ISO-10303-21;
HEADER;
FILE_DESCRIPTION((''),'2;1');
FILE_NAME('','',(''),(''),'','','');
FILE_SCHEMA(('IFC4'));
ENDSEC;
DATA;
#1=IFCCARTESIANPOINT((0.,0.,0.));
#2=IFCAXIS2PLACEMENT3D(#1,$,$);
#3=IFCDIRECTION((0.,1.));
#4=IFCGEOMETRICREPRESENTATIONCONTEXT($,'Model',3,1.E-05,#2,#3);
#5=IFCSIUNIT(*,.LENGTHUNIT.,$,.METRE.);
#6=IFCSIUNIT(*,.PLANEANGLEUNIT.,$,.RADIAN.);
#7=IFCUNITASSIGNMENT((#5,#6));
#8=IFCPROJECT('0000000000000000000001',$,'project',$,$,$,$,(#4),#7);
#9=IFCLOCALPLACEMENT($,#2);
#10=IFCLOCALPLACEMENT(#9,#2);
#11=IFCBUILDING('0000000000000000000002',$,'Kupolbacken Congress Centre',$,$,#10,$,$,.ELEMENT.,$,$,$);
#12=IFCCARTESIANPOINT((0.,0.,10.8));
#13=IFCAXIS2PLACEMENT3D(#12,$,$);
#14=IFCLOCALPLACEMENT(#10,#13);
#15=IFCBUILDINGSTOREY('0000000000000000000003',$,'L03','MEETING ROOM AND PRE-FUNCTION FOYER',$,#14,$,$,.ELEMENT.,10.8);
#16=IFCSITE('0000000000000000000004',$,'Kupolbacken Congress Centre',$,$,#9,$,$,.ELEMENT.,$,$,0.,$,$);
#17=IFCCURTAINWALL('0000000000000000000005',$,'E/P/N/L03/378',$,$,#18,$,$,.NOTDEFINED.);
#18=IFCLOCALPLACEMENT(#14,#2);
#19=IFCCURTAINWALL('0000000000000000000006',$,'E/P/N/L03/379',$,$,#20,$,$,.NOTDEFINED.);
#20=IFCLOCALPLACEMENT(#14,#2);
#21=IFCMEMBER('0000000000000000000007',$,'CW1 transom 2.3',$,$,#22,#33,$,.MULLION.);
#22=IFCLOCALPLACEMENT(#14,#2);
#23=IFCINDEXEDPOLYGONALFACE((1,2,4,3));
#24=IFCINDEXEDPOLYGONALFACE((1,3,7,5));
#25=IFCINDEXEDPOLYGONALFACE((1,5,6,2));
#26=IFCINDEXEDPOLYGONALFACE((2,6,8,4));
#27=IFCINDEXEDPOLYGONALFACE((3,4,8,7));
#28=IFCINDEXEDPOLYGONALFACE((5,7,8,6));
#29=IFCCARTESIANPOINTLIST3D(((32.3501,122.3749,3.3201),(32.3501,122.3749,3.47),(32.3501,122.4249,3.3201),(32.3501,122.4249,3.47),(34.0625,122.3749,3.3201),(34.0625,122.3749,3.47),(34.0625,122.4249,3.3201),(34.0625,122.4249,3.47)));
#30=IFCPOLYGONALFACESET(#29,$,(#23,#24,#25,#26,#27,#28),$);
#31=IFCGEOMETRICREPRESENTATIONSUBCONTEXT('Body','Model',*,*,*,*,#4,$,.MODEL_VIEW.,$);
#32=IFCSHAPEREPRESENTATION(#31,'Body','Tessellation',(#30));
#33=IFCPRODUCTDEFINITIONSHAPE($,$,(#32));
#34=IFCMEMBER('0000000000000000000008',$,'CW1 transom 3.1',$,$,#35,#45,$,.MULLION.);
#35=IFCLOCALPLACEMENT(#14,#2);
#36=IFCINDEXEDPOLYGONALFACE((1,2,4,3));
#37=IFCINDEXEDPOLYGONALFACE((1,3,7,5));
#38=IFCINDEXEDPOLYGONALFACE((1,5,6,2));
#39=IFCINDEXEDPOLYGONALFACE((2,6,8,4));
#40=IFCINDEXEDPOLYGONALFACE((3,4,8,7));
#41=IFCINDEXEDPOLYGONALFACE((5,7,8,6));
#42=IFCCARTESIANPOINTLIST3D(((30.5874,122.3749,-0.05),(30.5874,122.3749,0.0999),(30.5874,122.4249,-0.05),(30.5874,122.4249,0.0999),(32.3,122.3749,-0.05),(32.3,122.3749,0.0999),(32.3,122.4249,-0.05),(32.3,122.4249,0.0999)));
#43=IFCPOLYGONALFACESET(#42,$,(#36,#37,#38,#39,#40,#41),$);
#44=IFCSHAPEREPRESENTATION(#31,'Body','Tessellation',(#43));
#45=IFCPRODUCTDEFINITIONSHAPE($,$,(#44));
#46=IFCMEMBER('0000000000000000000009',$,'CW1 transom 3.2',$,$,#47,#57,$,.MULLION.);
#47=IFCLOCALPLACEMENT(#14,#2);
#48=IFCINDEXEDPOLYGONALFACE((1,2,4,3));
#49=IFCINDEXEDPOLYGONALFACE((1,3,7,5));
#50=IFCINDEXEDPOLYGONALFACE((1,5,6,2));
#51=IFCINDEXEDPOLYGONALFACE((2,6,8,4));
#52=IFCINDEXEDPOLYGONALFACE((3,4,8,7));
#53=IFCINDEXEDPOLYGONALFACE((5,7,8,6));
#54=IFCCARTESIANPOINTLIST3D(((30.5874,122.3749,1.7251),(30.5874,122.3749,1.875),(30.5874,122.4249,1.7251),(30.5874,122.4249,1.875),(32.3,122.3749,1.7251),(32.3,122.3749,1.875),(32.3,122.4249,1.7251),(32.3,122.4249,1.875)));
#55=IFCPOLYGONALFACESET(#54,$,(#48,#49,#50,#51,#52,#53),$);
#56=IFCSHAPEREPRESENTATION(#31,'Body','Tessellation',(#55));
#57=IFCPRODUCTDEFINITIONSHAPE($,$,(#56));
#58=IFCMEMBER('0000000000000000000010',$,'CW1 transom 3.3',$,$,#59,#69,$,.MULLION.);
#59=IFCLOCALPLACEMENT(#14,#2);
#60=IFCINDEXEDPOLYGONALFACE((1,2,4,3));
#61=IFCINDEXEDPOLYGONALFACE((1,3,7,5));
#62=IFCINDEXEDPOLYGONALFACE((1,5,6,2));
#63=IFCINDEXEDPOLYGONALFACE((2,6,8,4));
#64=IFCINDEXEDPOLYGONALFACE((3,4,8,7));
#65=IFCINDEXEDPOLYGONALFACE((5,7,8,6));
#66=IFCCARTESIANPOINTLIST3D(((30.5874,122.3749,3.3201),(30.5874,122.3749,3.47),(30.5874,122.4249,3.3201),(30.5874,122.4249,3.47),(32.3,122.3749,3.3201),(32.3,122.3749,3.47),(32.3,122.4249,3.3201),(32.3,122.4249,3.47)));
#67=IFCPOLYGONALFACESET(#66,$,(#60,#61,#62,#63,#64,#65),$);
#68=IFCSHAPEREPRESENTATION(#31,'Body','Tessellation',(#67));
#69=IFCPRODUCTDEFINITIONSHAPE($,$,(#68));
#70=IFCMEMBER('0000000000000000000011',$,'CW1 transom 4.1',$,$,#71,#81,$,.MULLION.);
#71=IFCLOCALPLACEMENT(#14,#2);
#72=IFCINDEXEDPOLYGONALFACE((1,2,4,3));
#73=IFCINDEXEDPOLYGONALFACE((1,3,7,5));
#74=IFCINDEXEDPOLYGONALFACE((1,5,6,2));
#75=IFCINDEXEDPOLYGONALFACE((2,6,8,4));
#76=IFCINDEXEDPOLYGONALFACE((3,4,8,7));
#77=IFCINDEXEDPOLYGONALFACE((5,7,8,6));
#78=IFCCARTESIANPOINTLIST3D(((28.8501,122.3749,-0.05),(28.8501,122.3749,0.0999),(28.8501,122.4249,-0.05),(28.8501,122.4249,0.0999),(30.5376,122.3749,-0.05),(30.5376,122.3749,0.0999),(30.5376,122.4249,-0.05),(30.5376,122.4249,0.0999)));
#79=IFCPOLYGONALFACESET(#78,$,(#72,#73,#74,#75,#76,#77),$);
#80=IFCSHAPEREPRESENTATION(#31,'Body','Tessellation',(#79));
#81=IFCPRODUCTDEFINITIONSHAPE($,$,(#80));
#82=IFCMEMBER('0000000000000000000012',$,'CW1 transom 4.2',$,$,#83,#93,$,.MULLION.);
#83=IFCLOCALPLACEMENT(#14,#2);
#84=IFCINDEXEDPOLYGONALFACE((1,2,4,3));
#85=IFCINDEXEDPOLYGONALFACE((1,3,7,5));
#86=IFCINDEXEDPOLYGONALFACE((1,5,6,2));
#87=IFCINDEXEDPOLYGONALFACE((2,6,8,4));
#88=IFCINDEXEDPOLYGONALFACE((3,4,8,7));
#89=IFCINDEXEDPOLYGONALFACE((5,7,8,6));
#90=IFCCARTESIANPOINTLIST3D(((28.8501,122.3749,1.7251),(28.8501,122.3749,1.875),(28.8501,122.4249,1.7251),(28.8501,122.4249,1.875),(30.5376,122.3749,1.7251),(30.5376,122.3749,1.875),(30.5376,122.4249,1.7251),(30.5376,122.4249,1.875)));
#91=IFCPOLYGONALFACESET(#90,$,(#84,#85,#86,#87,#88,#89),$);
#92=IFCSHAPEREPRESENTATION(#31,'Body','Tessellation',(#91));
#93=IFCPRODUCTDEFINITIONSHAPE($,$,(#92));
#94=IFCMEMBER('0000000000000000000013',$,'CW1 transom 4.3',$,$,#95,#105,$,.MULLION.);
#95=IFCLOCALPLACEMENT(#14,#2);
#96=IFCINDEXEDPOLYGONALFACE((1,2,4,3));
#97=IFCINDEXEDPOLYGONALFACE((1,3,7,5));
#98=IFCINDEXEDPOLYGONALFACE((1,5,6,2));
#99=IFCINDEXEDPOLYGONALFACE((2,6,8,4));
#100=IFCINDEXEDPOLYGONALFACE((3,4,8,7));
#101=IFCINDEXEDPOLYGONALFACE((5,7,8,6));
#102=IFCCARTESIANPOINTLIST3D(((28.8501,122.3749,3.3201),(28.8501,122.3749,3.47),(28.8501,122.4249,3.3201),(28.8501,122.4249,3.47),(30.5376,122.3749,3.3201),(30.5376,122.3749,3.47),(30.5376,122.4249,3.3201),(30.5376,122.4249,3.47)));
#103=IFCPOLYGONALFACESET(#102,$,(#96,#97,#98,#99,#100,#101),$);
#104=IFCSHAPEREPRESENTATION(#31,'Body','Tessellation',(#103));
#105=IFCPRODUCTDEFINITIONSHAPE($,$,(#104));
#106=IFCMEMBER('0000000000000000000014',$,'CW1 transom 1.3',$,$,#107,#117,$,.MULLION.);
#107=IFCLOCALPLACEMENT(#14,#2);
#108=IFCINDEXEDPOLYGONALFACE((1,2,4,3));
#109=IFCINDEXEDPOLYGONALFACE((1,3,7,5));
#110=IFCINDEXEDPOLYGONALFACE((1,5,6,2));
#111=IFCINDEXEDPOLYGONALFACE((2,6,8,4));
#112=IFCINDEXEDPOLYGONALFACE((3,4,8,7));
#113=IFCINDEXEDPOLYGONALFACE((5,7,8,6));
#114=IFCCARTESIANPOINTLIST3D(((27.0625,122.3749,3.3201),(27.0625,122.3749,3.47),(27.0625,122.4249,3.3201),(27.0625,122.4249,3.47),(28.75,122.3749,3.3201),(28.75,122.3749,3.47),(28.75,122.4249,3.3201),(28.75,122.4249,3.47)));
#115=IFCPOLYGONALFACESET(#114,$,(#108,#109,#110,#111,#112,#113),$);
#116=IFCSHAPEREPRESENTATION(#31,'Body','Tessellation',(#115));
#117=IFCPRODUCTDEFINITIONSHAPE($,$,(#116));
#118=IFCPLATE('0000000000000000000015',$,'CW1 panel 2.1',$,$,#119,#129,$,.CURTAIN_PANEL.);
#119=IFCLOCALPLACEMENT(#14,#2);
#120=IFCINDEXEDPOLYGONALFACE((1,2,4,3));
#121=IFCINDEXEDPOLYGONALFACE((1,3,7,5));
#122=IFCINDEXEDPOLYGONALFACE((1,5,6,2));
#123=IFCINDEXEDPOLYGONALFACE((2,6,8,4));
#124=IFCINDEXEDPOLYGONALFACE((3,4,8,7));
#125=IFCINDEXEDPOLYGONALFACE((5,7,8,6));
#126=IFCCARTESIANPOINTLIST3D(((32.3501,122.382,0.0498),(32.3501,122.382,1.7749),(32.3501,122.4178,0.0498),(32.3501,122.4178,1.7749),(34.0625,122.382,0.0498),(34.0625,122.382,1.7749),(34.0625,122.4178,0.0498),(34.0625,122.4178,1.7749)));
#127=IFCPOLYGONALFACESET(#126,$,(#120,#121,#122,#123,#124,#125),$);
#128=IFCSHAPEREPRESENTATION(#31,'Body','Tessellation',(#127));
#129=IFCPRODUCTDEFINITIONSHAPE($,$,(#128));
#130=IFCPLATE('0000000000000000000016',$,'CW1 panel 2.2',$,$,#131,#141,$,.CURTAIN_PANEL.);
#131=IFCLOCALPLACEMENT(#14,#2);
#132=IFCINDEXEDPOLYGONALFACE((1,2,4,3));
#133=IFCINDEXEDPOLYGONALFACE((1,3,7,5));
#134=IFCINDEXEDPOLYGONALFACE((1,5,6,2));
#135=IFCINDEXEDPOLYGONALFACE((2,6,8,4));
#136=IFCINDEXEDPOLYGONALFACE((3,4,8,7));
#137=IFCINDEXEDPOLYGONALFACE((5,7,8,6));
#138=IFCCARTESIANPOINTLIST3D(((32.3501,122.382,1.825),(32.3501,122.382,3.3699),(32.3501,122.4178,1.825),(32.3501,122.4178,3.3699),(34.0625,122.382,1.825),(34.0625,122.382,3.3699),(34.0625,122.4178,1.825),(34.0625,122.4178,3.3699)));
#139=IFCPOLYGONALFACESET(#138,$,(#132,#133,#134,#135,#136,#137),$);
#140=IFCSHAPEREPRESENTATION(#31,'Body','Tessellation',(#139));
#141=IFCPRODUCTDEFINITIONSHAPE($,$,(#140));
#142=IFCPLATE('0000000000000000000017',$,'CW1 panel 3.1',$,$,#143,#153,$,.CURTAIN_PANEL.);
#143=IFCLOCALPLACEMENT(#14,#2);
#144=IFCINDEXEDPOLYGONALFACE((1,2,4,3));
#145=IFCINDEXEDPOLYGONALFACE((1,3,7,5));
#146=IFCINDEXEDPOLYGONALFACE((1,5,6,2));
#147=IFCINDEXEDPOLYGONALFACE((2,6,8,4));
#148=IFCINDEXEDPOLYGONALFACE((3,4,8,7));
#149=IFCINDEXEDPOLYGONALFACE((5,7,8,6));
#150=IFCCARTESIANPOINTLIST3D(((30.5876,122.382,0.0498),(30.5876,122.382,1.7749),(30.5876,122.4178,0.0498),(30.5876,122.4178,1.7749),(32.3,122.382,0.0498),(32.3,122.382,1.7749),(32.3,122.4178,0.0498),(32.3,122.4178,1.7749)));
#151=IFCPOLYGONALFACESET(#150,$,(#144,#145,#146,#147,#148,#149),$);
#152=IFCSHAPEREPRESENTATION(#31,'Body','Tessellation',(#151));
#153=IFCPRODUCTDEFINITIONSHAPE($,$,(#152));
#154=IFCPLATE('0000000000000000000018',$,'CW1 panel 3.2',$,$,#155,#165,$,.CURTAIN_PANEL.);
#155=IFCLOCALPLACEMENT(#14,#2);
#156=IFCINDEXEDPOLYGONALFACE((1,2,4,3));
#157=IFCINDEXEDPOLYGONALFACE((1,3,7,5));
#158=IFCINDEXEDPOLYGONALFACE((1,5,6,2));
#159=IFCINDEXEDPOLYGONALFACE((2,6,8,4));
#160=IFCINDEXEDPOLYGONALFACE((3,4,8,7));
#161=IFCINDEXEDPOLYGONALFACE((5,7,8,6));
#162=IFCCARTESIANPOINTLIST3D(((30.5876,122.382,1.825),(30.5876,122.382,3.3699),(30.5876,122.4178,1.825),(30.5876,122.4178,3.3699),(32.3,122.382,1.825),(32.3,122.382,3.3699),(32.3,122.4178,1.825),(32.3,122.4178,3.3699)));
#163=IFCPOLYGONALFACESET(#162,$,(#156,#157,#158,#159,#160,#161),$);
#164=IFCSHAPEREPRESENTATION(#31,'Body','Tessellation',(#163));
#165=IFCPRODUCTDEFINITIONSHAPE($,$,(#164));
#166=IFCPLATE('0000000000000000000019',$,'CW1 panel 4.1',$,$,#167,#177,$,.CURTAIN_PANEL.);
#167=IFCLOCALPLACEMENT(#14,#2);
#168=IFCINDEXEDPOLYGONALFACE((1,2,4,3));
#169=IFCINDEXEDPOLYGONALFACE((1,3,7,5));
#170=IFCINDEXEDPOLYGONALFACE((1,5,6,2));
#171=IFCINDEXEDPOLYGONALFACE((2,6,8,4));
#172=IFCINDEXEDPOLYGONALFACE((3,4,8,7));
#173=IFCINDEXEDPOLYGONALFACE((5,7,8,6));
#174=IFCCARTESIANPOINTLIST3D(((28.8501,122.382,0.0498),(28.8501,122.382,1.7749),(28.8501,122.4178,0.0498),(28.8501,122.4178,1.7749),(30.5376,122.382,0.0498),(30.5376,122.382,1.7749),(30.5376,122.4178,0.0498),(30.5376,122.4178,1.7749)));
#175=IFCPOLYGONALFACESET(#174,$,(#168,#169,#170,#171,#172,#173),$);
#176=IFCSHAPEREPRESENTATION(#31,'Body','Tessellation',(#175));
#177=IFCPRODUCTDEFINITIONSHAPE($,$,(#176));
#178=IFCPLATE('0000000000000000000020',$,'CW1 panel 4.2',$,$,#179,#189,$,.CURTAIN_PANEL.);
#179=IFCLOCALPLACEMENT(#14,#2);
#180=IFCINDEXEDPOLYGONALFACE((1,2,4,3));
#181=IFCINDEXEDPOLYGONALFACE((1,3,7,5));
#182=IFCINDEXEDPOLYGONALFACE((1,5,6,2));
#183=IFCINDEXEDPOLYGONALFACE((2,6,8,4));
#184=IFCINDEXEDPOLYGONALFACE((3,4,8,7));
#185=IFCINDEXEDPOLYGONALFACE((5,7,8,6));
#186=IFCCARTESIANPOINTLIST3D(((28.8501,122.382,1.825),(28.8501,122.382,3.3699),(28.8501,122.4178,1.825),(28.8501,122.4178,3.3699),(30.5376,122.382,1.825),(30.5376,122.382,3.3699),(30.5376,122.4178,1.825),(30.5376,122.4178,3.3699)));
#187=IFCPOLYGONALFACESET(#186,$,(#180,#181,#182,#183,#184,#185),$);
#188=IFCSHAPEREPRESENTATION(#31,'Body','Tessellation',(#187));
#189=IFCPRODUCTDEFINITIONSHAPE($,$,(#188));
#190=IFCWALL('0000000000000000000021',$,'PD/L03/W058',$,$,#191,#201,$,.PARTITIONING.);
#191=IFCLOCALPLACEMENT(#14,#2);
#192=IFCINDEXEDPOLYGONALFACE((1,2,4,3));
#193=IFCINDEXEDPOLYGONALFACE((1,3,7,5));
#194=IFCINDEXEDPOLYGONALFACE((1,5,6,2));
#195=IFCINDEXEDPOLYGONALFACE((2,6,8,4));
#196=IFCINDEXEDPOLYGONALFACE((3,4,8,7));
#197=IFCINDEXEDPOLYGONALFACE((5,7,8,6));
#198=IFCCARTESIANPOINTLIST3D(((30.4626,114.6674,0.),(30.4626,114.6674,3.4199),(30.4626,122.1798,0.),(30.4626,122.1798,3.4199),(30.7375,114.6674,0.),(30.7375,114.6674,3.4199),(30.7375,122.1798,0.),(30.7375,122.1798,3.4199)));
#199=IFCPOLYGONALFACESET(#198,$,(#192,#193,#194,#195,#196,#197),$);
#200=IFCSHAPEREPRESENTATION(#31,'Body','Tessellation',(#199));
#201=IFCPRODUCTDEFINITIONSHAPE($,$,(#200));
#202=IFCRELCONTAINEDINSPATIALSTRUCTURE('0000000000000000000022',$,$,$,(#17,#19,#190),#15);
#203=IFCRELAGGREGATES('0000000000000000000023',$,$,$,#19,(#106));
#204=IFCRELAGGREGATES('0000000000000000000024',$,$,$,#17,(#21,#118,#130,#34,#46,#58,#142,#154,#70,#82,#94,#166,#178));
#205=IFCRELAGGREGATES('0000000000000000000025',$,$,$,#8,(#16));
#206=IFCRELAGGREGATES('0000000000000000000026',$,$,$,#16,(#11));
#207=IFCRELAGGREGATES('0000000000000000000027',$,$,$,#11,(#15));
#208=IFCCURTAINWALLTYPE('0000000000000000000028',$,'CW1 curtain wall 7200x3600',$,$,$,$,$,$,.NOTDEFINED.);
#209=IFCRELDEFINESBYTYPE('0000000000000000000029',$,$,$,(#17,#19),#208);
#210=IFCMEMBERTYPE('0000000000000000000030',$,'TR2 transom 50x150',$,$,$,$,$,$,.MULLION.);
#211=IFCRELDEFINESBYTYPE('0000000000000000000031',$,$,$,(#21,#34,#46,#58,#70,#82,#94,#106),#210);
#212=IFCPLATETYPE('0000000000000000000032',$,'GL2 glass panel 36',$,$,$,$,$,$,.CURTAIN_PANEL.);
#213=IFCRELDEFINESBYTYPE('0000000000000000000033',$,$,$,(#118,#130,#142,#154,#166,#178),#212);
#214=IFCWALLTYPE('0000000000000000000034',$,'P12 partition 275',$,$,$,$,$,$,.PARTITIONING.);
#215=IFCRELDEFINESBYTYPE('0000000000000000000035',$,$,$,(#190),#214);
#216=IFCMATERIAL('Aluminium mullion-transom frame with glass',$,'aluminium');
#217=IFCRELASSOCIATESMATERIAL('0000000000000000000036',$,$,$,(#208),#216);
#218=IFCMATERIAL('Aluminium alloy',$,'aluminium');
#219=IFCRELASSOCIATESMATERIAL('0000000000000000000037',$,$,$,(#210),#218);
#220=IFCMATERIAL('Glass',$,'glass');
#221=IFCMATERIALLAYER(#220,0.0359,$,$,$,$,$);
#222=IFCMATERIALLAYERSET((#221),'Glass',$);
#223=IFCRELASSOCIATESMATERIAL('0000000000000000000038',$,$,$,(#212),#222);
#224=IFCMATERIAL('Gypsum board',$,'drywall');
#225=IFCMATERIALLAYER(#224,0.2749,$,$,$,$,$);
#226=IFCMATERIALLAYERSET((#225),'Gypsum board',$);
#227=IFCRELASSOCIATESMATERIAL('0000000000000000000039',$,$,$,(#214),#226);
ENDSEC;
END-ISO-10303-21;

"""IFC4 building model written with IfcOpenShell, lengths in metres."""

from ifc_helpers import new_model, si_unit, direction, frame, frame_2d, origin, origin_2d, place, context, subcontext, project, spatial, rectangle, extrude, material, layer, layer_set, material_profile, profile_set, type_object, element, aggregate, save


model = new_model("IFC4")

# Units and contexts
model_context = context("Model", 3, precision=1e-05, world=origin(), true_north=direction((0.0, 1.0)))
body_context = subcontext(model_context, "Body", "Model", "MODEL_VIEW")
ifc_project = project(units=[si_unit("LENGTHUNIT", "METRE"), si_unit("PLANEANGLEUNIT", "RADIAN")], contexts=[model_context])

# Site, building, storey
site_placement = place(None, origin())
site = spatial("IfcSite", under=ifc_project, at=site_placement, Name="Kupolbacken Congress Centre", CompositionType="ELEMENT", RefElevation=0.0)
building_placement = place(site_placement, origin())
building = spatial("IfcBuilding", under=site, at=building_placement, Name="Kupolbacken Congress Centre", CompositionType="ELEMENT")
storey_placement = place(building_placement, frame((0.0, 0.0, 10.8)))
storey = spatial("IfcBuildingStorey", under=building, at=storey_placement, Name="L03", Description="MEETING ROOM AND PRE-FUNCTION FOYER", CompositionType="ELEMENT", Elevation=10.8)

# Curtain wall
ifc_material_1 = material(Name="Aluminium mullion-transom frame with glass", Category="aluminium")
curtain_wall_type = type_object("IfcCurtainWallType", Name="CW1 curtain wall 7200x3600", PredefinedType="NOTDEFINED", material=ifc_material_1)
curtain_wall_1_placement = place(storey_placement, origin())
curtain_wall_1 = element("IfcCurtainWall", 1, at=curtain_wall_1_placement, inside=storey, type_object=curtain_wall_type, Name="E/P/N/L03/378", PredefinedType="NOTDEFINED")

# Curtain wall
curtain_wall_2_placement = place(storey_placement, origin())
curtain_wall_2 = element("IfcCurtainWall", 2, at=curtain_wall_2_placement, inside=storey, type_object=curtain_wall_type, Name="E/P/N/L03/379", PredefinedType="NOTDEFINED")

# Members
ifc_material_2 = material(Name="Aluminium alloy", Category="aluminium")
ifc_material_profile_1 = material_profile(ifc_material_2, rectangle(XDim=0.05, YDim=0.1499, at=origin_2d()), Name="50 x 150")
ifc_profile_set_1 = profile_set([ifc_material_profile_1], Name="Aluminium alloy")
member_type_1 = type_object("IfcMemberType", Name="TR2 transom 50x150", PredefinedType="MULLION", material=ifc_profile_set_1)
member_1_placement = place(storey_placement, frame((34.0625, 122.3999, 3.395), z_axis=(-1.0, 0.0, 0.0), x_axis=(0.0, -1.0, 0.0)))
member_1 = element("IfcMember", 3, at=member_1_placement, type_object=member_type_1, Name="CW1 transom 2.3", PredefinedType="MULLION", context=body_context, shape_type="SweptSolid", body=[
    extrude(rectangle(XDim=0.05, YDim=0.1499, at=origin_2d()), origin(), (0.0, 0.0, 1.0), 1.7124),
])
member_2_placement = place(storey_placement, frame((32.3, 122.3999, 0.0249), z_axis=(-1.0, 0.0, 0.0), x_axis=(0.0, -1.0, 0.0)))
member_2 = element("IfcMember", 4, at=member_2_placement, type_object=member_type_1, Name="CW1 transom 3.1", PredefinedType="MULLION", context=body_context, shape_type="SweptSolid", body=[
    extrude(rectangle(XDim=0.05, YDim=0.1499, at=origin_2d()), origin(), (0.0, 0.0, 1.0), 1.7126),
])
member_3_placement = place(storey_placement, frame((32.3, 122.3999, 1.8), z_axis=(-1.0, 0.0, 0.0), x_axis=(0.0, -1.0, 0.0)))
member_3 = element("IfcMember", 5, at=member_3_placement, type_object=member_type_1, Name="CW1 transom 3.2", PredefinedType="MULLION", context=body_context, shape_type="SweptSolid", body=[
    extrude(rectangle(XDim=0.05, YDim=0.1499, at=origin_2d()), origin(), (0.0, 0.0, 1.0), 1.7126),
])
member_4_placement = place(storey_placement, frame((32.3, 122.3999, 3.395), z_axis=(-1.0, 0.0, 0.0), x_axis=(0.0, -1.0, 0.0)))
member_4 = element("IfcMember", 6, at=member_4_placement, type_object=member_type_1, Name="CW1 transom 3.3", PredefinedType="MULLION", context=body_context, shape_type="SweptSolid", body=[
    extrude(rectangle(XDim=0.05, YDim=0.1499, at=origin_2d()), origin(), (0.0, 0.0, 1.0), 1.7126),
])
member_5_placement = place(storey_placement, frame((30.5376, 122.3999, 0.0249), z_axis=(-1.0, 0.0, 0.0), x_axis=(0.0, -1.0, 0.0)))
member_5 = element("IfcMember", 7, at=member_5_placement, type_object=member_type_1, Name="CW1 transom 4.1", PredefinedType="MULLION", context=body_context, shape_type="SweptSolid", body=[
    extrude(rectangle(XDim=0.05, YDim=0.1499, at=origin_2d()), origin(), (0.0, 0.0, 1.0), 1.6875),
])
member_6_placement = place(storey_placement, frame((30.5376, 122.3999, 1.8), z_axis=(-1.0, 0.0, 0.0), x_axis=(0.0, -1.0, 0.0)))
member_6 = element("IfcMember", 8, at=member_6_placement, type_object=member_type_1, Name="CW1 transom 4.2", PredefinedType="MULLION", context=body_context, shape_type="SweptSolid", body=[
    extrude(rectangle(XDim=0.05, YDim=0.1499, at=origin_2d()), origin(), (0.0, 0.0, 1.0), 1.6875),
])
member_7_placement = place(storey_placement, frame((30.5376, 122.3999, 3.395), z_axis=(-1.0, 0.0, 0.0), x_axis=(0.0, -1.0, 0.0)))
member_7 = element("IfcMember", 9, at=member_7_placement, type_object=member_type_1, Name="CW1 transom 4.3", PredefinedType="MULLION", context=body_context, shape_type="SweptSolid", body=[
    extrude(rectangle(XDim=0.05, YDim=0.1499, at=origin_2d()), origin(), (0.0, 0.0, 1.0), 1.6875),
])
member_8_placement = place(storey_placement, frame((28.75, 122.3999, 3.395), z_axis=(-1.0, 0.0, 0.0), x_axis=(0.0, -1.0, 0.0)))
member_8 = element("IfcMember", 10, at=member_8_placement, type_object=member_type_1, Name="CW1 transom 1.3", PredefinedType="MULLION", context=body_context, shape_type="SweptSolid", body=[
    extrude(rectangle(XDim=0.05, YDim=0.1499, at=origin_2d()), origin(), (0.0, 0.0, 1.0), 1.6875),
])
aggregate(curtain_wall_2, [member_8])

# Plates
ifc_material_3 = material(Name="Glass", Category="glass")
ifc_layer_1 = layer(ifc_material_3, 0.0359)
ifc_layer_set_1 = layer_set([ifc_layer_1], Name="Glass")
plate_type = type_object("IfcPlateType", Name="GL2 glass panel 36", PredefinedType="CURTAIN_PANEL", material=ifc_layer_set_1)
plate_1_placement = place(storey_placement, frame((33.2063, 122.3999, 0.0498), z_axis=(0.0, 0.0, 1.0), x_axis=(-1.0, 0.0, 0.0)))
plate_1 = element("IfcPlate", 11, at=plate_1_placement, type_object=plate_type, Name="CW1 panel 2.1", PredefinedType="CURTAIN_PANEL", context=body_context, shape_type="SweptSolid", body=[
    extrude(rectangle(XDim=1.7124, YDim=0.0359, at=origin_2d()), origin(), (0.0, 0.0, 1.0), 1.7251),
])
plate_2_placement = place(storey_placement, frame((33.2063, 122.3999, 1.825), z_axis=(0.0, 0.0, 1.0), x_axis=(-1.0, 0.0, 0.0)))
plate_2 = element("IfcPlate", 12, at=plate_2_placement, type_object=plate_type, Name="CW1 panel 2.2", PredefinedType="CURTAIN_PANEL", context=body_context, shape_type="SweptSolid", body=[
    extrude(rectangle(XDim=1.7124, YDim=0.0359, at=origin_2d()), origin(), (0.0, 0.0, 1.0), 1.5449),
])
plate_3_placement = place(storey_placement, frame((31.4438, 122.3999, 0.0498), z_axis=(0.0, 0.0, 1.0), x_axis=(-1.0, 0.0, 0.0)))
plate_3 = element("IfcPlate", 13, at=plate_3_placement, type_object=plate_type, Name="CW1 panel 3.1", PredefinedType="CURTAIN_PANEL", context=body_context, shape_type="SweptSolid", body=[
    extrude(rectangle(XDim=1.7124, YDim=0.0359, at=origin_2d()), origin(), (0.0, 0.0, 1.0), 1.7251),
])
plate_4_placement = place(storey_placement, frame((31.4438, 122.3999, 1.825), z_axis=(0.0, 0.0, 1.0), x_axis=(-1.0, 0.0, 0.0)))
plate_4 = element("IfcPlate", 14, at=plate_4_placement, type_object=plate_type, Name="CW1 panel 3.2", PredefinedType="CURTAIN_PANEL", context=body_context, shape_type="SweptSolid", body=[
    extrude(rectangle(XDim=1.7124, YDim=0.0359, at=origin_2d()), origin(), (0.0, 0.0, 1.0), 1.5449),
])
plate_5_placement = place(storey_placement, frame((29.6938, 122.3999, 0.0498), z_axis=(0.0, 0.0, 1.0), x_axis=(-1.0, 0.0, 0.0)))
plate_5 = element("IfcPlate", 15, at=plate_5_placement, type_object=plate_type, Name="CW1 panel 4.1", PredefinedType="CURTAIN_PANEL", context=body_context, shape_type="SweptSolid", body=[
    extrude(rectangle(XDim=1.6875, YDim=0.0359, at=origin_2d()), origin(), (0.0, 0.0, 1.0), 1.7251),
])
plate_6_placement = place(storey_placement, frame((29.6938, 122.3999, 1.825), z_axis=(0.0, 0.0, 1.0), x_axis=(-1.0, 0.0, 0.0)))
plate_6 = element("IfcPlate", 16, at=plate_6_placement, type_object=plate_type, Name="CW1 panel 4.2", PredefinedType="CURTAIN_PANEL", context=body_context, shape_type="SweptSolid", body=[
    extrude(rectangle(XDim=1.6875, YDim=0.0359, at=origin_2d()), origin(), (0.0, 0.0, 1.0), 1.5449),
])
aggregate(curtain_wall_1, [member_1, plate_1, plate_2, member_2, member_3, member_4, plate_3, plate_4, member_5, member_6, member_7, plate_5, plate_6])

# Wall
ifc_material_4 = material(Name="Gypsum board", Category="drywall")
ifc_layer_2 = layer(ifc_material_4, 0.2749)
ifc_layer_set_2 = layer_set([ifc_layer_2], Name="Gypsum board")
wall_type = type_object("IfcWallType", Name="P12 partition 275", PredefinedType="PARTITIONING", material=ifc_layer_set_2)
wall_placement = place(storey_placement, frame((30.6001, 122.1799, 0.0), z_axis=(0.0, 0.0, 1.0), x_axis=(0.0, -1.0, 0.0)))
element("IfcWall", 17, at=wall_placement, inside=storey, type_object=wall_type, Name="PD/L03/W058", PredefinedType="PARTITIONING", context=body_context, shape_type="SweptSolid", body=[
    extrude(rectangle(XDim=7.5125, YDim=0.2749, at=frame_2d((3.7563, 0.0))), origin(), (0.0, 0.0, 1.0), 3.4199),
])

save(model, "model.ifc")
